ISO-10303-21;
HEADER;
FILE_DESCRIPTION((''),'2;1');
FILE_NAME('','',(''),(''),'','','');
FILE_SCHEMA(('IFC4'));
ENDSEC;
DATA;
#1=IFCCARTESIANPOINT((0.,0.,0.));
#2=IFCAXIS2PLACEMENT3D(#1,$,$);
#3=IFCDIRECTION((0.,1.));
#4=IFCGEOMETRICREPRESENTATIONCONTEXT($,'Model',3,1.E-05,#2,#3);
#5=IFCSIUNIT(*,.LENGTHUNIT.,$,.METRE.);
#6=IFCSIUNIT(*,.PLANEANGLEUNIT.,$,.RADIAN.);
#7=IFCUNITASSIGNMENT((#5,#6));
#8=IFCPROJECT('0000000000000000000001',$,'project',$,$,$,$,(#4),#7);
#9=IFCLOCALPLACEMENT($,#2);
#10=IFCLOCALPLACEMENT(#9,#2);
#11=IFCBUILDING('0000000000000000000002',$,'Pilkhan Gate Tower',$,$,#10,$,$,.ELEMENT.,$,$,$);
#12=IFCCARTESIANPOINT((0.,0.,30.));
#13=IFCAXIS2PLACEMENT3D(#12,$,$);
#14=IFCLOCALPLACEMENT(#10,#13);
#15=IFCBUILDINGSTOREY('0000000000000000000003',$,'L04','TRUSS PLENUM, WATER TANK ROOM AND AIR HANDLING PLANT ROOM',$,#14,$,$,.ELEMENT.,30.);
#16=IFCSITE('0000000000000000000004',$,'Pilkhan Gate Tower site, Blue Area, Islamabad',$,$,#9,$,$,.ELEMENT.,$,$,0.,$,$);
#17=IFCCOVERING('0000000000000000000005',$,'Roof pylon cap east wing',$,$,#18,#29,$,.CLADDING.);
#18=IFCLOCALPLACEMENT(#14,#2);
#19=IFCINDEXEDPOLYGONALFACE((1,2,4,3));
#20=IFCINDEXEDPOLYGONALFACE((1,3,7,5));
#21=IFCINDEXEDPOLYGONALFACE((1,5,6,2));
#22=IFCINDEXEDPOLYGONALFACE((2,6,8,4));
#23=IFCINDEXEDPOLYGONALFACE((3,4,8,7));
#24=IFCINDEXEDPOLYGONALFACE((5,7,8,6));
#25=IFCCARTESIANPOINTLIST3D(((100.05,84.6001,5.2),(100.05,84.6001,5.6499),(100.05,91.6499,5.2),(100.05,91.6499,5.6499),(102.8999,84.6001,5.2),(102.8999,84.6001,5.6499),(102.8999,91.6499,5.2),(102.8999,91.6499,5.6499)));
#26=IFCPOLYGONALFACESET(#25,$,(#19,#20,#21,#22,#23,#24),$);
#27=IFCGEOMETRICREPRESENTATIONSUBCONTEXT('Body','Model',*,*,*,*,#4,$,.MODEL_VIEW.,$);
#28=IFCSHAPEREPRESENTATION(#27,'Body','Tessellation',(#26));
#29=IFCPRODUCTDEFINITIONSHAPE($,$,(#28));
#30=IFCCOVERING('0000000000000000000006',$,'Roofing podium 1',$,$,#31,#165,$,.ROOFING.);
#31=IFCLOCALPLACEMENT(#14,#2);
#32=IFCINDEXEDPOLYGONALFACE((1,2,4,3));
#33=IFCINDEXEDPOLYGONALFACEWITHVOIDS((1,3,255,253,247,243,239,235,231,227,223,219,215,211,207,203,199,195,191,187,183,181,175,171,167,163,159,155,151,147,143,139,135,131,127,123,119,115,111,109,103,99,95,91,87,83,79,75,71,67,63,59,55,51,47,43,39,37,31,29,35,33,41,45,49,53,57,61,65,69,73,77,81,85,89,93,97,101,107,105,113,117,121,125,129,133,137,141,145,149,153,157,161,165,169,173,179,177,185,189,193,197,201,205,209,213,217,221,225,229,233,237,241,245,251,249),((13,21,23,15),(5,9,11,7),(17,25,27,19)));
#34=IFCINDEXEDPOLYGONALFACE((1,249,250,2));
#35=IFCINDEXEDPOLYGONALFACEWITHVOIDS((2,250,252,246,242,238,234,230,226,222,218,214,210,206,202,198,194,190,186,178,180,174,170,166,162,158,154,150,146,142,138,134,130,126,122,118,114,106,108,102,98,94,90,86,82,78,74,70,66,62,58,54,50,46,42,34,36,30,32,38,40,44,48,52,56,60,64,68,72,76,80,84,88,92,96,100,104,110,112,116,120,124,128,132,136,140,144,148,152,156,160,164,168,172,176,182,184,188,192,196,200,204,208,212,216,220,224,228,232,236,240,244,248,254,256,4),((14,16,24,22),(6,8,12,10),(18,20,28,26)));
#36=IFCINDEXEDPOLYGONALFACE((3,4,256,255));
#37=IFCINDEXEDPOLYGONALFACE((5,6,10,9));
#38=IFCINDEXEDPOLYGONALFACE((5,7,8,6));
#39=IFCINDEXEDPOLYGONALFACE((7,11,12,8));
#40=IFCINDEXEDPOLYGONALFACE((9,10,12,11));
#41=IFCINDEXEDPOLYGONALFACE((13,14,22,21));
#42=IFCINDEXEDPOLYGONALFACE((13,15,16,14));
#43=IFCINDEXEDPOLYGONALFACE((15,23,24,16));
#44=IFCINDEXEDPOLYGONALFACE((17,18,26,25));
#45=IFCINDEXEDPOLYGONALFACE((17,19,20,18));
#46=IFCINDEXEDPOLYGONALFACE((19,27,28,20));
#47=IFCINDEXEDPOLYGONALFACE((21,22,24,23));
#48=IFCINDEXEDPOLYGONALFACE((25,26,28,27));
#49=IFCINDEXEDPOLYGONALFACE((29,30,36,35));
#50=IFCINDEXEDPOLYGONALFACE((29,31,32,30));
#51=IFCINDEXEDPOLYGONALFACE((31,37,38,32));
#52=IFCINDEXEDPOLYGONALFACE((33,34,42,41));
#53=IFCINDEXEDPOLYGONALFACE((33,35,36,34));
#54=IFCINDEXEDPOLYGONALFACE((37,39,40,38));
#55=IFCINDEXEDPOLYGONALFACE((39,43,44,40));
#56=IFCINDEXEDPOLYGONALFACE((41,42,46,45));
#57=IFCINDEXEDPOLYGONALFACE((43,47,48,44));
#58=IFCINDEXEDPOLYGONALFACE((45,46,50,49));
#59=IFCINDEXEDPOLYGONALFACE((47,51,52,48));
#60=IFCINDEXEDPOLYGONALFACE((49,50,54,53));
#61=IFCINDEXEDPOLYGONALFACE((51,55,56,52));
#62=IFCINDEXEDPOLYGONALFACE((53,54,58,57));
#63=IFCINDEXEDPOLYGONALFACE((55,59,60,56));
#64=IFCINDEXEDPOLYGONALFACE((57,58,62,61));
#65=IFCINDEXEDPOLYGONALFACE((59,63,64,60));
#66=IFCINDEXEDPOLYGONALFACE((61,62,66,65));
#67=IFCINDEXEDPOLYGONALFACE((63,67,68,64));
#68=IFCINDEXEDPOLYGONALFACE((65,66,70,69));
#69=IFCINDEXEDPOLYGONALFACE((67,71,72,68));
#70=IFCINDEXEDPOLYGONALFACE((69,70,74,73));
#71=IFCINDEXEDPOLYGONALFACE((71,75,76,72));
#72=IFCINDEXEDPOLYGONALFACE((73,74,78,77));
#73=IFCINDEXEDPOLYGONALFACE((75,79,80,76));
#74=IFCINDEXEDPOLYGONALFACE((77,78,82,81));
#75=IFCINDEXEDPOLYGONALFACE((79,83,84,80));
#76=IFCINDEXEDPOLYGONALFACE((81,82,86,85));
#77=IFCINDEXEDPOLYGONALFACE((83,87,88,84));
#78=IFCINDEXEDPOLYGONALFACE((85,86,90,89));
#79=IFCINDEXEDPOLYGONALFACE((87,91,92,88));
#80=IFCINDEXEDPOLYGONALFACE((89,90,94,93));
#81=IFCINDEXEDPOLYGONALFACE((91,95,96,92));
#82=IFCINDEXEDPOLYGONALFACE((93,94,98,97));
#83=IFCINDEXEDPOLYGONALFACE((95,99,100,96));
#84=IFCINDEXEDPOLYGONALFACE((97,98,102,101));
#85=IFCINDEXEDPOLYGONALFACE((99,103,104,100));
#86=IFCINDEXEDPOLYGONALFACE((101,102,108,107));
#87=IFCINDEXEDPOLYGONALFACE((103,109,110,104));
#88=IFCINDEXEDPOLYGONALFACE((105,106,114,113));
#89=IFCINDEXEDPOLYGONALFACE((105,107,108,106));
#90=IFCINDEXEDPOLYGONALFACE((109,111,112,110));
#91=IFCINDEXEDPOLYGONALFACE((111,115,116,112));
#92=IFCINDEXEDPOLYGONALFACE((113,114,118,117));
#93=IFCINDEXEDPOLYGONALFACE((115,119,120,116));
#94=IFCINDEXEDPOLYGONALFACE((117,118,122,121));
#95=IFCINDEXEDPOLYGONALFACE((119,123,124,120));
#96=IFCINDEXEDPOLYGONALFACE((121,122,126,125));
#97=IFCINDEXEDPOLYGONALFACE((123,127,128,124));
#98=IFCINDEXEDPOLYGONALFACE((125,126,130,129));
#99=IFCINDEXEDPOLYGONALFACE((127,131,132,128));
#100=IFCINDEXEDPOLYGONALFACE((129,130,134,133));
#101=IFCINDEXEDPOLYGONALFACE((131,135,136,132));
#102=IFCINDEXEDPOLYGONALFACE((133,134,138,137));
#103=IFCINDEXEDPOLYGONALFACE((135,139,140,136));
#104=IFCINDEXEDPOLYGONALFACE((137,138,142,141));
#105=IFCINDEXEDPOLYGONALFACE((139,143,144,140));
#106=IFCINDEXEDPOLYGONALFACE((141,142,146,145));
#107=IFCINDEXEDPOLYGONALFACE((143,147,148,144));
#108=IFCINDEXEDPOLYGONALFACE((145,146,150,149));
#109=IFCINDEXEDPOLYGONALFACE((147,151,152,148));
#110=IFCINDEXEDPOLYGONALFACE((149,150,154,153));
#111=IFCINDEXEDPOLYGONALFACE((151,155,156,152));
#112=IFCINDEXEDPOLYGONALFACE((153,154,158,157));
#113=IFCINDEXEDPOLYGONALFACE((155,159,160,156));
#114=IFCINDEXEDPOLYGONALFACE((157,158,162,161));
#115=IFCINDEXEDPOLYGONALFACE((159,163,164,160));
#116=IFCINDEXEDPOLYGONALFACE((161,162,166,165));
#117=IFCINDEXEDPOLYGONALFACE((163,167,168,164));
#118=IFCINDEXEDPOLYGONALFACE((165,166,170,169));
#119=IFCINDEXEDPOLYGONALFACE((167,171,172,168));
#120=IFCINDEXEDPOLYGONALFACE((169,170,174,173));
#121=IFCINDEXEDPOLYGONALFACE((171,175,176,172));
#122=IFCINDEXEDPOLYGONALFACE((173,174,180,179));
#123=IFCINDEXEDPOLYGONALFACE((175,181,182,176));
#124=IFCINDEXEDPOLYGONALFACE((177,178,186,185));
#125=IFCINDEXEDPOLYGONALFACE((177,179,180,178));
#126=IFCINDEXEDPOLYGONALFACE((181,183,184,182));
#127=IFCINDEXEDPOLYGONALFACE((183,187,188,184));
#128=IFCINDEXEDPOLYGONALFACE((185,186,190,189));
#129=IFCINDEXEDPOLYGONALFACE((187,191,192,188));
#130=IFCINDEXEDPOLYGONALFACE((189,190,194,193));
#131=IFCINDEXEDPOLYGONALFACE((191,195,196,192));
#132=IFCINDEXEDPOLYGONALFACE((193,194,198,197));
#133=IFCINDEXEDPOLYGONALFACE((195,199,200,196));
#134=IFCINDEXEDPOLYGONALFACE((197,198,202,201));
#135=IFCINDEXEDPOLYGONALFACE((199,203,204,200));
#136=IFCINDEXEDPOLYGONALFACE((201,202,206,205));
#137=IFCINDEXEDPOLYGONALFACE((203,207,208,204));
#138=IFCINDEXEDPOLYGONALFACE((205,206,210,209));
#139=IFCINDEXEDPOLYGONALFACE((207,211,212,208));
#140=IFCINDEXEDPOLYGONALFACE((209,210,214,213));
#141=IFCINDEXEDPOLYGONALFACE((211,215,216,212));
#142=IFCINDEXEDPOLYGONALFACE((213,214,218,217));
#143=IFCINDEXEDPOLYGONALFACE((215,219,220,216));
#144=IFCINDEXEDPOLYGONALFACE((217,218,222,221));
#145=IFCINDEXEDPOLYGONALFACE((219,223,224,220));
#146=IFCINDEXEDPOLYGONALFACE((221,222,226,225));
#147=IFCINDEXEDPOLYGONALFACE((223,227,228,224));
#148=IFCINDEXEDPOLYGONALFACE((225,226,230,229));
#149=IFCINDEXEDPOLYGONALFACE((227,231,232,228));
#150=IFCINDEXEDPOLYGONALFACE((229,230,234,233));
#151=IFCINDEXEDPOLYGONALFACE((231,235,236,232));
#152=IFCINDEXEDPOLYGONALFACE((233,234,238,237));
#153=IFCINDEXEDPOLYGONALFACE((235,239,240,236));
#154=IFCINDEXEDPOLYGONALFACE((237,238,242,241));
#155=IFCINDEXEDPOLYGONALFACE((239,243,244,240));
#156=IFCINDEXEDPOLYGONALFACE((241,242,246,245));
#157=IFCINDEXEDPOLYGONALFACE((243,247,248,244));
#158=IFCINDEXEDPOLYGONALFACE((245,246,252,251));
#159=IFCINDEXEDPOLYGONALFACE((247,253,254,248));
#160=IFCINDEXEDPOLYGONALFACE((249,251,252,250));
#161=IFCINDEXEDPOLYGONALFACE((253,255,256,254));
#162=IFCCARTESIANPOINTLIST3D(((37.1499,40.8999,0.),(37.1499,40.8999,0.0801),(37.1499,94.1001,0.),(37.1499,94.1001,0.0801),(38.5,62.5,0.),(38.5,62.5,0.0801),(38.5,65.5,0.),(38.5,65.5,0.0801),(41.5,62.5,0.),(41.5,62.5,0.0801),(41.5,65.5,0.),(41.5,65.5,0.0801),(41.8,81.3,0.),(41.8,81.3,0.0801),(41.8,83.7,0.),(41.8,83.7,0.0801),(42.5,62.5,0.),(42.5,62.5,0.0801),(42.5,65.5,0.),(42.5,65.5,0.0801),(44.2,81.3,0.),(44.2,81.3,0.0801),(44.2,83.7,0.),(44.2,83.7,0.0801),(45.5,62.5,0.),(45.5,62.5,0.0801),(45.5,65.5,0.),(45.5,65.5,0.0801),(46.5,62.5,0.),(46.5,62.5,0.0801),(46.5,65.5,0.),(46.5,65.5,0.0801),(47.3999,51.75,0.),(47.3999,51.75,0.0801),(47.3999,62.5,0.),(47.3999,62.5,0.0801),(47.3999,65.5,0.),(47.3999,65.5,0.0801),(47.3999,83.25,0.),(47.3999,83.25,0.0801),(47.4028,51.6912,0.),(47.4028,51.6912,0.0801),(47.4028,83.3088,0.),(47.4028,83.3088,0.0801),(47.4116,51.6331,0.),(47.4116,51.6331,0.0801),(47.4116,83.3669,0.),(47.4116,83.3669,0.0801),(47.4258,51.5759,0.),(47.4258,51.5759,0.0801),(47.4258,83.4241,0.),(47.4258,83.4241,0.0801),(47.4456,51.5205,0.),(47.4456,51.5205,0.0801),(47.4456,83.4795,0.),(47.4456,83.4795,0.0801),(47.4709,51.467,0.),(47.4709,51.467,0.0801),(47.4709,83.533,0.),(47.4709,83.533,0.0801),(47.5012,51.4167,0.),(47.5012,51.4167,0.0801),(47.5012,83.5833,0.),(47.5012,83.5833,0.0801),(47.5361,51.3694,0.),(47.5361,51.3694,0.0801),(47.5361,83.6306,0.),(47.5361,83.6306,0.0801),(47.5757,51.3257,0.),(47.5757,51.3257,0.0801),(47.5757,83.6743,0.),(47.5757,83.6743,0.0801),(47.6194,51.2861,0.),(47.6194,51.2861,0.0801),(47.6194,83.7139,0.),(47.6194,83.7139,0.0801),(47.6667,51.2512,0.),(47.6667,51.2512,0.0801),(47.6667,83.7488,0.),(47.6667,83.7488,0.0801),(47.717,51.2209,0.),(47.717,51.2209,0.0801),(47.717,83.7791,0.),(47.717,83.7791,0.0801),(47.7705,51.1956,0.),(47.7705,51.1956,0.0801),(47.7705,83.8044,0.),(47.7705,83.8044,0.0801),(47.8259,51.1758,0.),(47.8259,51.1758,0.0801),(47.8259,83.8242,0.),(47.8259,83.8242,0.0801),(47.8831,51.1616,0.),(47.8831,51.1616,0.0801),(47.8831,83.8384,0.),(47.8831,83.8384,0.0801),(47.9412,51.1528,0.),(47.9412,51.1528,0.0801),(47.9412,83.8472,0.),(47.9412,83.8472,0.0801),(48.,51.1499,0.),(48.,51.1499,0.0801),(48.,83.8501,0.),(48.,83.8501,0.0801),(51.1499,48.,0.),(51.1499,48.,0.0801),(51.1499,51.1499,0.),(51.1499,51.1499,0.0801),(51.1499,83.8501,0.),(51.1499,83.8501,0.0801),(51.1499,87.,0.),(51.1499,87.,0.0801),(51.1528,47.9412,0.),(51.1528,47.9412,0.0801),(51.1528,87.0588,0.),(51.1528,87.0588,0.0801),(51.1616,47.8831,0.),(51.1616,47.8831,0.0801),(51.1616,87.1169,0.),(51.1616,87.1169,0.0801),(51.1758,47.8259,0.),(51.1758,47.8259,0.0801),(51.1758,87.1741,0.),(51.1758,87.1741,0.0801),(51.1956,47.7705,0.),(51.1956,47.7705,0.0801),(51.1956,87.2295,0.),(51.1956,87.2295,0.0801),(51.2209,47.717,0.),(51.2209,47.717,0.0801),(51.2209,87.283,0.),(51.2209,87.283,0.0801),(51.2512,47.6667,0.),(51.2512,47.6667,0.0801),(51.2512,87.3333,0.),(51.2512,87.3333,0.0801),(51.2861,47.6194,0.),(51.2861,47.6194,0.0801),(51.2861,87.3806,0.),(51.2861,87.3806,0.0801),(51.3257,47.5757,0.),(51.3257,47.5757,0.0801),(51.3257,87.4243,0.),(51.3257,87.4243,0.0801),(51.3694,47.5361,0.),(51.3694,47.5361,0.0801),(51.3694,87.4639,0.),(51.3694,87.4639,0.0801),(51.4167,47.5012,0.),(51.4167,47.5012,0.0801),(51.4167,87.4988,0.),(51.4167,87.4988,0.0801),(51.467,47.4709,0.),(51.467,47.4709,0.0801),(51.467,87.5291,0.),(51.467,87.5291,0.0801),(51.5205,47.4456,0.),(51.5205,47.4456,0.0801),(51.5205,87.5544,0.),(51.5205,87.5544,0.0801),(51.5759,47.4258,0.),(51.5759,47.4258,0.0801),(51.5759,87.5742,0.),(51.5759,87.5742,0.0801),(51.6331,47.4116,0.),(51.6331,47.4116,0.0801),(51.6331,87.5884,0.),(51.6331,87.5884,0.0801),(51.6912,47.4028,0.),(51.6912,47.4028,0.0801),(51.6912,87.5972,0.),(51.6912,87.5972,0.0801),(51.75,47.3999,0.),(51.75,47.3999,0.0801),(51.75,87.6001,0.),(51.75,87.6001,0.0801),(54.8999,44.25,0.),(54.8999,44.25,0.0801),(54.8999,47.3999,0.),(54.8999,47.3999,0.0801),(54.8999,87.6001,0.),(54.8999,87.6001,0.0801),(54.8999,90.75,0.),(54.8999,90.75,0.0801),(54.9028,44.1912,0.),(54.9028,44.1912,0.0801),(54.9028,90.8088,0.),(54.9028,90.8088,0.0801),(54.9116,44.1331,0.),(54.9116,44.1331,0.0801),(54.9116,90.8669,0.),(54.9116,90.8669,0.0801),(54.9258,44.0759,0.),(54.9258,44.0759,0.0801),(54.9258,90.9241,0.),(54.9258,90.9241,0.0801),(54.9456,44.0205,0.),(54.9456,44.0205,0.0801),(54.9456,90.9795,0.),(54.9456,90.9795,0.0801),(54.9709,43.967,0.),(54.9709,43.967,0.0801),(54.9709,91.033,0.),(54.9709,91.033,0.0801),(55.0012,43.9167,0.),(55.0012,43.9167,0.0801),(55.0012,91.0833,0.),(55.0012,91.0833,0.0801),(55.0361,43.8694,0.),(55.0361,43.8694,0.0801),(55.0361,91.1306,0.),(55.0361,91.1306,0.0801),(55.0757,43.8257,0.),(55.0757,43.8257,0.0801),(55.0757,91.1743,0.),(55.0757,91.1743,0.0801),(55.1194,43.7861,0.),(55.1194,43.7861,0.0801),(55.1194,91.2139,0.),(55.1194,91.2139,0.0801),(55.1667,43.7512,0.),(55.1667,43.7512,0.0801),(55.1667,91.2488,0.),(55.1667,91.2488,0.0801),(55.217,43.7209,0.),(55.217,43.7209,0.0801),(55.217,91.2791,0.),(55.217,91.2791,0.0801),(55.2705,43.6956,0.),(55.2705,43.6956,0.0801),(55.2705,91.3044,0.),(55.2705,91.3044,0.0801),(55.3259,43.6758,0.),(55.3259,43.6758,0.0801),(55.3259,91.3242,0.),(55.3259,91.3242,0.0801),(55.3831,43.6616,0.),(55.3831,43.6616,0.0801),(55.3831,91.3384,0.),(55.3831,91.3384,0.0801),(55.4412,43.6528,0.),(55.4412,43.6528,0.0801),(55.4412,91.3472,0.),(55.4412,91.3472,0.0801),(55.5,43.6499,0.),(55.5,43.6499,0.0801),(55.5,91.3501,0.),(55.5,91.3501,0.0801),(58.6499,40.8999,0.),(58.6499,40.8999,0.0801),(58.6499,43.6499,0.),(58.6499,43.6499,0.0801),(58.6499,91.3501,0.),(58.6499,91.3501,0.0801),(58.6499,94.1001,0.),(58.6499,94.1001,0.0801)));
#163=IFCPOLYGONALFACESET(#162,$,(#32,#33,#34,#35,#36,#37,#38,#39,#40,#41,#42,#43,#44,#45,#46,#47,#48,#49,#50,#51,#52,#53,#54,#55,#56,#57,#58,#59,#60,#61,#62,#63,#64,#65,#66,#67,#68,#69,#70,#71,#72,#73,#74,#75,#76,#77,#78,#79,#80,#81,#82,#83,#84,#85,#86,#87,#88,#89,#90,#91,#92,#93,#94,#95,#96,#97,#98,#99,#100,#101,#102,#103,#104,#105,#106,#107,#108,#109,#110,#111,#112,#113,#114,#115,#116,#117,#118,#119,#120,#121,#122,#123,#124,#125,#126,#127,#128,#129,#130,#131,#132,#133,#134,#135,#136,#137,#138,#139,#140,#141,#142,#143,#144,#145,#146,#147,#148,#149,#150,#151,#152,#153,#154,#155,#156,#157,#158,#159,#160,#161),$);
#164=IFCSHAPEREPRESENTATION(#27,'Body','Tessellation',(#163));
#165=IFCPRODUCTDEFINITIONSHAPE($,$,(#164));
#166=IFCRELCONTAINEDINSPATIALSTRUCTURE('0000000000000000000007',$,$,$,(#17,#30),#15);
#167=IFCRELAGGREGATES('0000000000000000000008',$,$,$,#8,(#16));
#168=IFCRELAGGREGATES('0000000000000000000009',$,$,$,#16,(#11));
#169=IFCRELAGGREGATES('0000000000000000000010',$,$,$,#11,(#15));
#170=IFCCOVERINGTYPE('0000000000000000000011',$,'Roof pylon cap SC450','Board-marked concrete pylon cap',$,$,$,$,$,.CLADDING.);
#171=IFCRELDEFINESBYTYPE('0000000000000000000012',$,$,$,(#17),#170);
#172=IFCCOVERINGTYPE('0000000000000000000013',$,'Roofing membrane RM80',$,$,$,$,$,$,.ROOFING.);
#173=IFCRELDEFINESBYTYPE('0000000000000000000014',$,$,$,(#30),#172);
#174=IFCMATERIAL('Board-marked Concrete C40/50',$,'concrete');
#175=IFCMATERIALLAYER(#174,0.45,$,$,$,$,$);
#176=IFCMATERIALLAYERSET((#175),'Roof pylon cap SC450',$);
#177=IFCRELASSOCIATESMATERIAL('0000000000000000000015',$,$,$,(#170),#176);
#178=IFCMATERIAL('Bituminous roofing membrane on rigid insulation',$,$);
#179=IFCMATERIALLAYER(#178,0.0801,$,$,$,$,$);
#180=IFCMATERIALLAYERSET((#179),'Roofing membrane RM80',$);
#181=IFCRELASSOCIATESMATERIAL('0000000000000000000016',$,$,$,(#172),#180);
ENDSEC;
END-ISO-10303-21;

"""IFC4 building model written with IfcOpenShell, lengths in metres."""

from ifc_helpers import new_model, si_unit, direction, frame, origin, place, context, subcontext, project, spatial, polyline, outline, extrude, material, layer, layer_set, type_object, element, save


model = new_model("IFC4")

# Units and contexts
model_context = context("Model", 3, precision=1e-05, world=origin(), true_north=direction((0.0, 1.0)))
body_context = subcontext(model_context, "Body", "Model", "MODEL_VIEW")
ifc_project = project(units=[si_unit("LENGTHUNIT", "METRE"), si_unit("PLANEANGLEUNIT", "RADIAN")], contexts=[model_context])

# Site, building, storey
site_placement = place(None, origin())
site = spatial("IfcSite", under=ifc_project, at=site_placement, Name="Pilkhan Gate Tower site, Blue Area, Islamabad", CompositionType="ELEMENT", RefElevation=0.0)
building_placement = place(site_placement, origin())
building = spatial("IfcBuilding", under=site, at=building_placement, Name="Pilkhan Gate Tower", CompositionType="ELEMENT")
storey_placement = place(building_placement, frame((0.0, 0.0, 30.0)))
storey = spatial("IfcBuildingStorey", under=building, at=storey_placement, Name="L04", Description="TRUSS PLENUM, WATER TANK ROOM AND AIR HANDLING PLANT ROOM", CompositionType="ELEMENT", Elevation=30.0)

# Coverings
ifc_material_1 = material(Name="Board-marked Concrete C40/50", Category="concrete")
ifc_layer_1 = layer(ifc_material_1, 0.45)
ifc_layer_set_1 = layer_set([ifc_layer_1], Name="Roof pylon cap SC450")
covering_type_1 = type_object("IfcCoveringType", Name="Roof pylon cap SC450", Description="Board-marked concrete pylon cap", PredefinedType="CLADDING", material=ifc_layer_set_1)
covering_1_placement = place(storey_placement, frame((0.0, 0.0, 5.2)))
element("IfcCovering", 1, at=covering_1_placement, inside=storey, type_object=covering_type_1, Name="Roof pylon cap east wing", PredefinedType="CLADDING", context=body_context, shape_type="SweptSolid", body=[
    extrude(outline(polyline([(100.05, 84.6001), (102.8999, 84.6001), (102.8999, 91.6499), (100.05, 91.6499), (100.05, 84.6001)])), origin(), (0.0, 0.0, 1.0), 0.45),
])
ifc_material_2 = material(Name="Bituminous roofing membrane on rigid insulation")
ifc_layer_2 = layer(ifc_material_2, 0.0801)
ifc_layer_set_2 = layer_set([ifc_layer_2], Name="Roofing membrane RM80")
covering_type_2 = type_object("IfcCoveringType", Name="Roofing membrane RM80", PredefinedType="ROOFING", material=ifc_layer_set_2)
covering_2_placement = place(storey_placement, origin())
element("IfcCovering", 2, at=covering_2_placement, inside=storey, type_object=covering_type_2, Name="Roofing podium 1", PredefinedType="ROOFING", context=body_context, shape_type="SweptSolid", body=[
    extrude(outline(polyline([(58.6499, 94.1001), (58.6499, 91.3501), (55.5, 91.3501), (55.4412, 91.3472), (55.3831, 91.3384), (55.3259, 91.3242), (55.2705, 91.3044), (55.217, 91.2791), (55.1667, 91.2488), (55.1194, 91.2139), (55.0757, 91.1743), (55.0361, 91.1306), (55.0012, 91.0833), (54.9709, 91.033), (54.9456, 90.9795), (54.9258, 90.9241), (54.9116, 90.8669), (54.9028, 90.8088), (54.8999, 90.75), (54.8999, 87.6001), (51.75, 87.6001), (51.6912, 87.5972), (51.6331, 87.5884), (51.5759, 87.5742), (51.5205, 87.5544), (51.467, 87.5291), (51.4167, 87.4988), (51.3694, 87.4639), (51.3257, 87.4243), (51.2861, 87.3806), (51.2512, 87.3333), (51.2209, 87.283), (51.1956, 87.2295), (51.1758, 87.1741), (51.1616, 87.1169), (51.1528, 87.0588), (51.1499, 87.0), (51.1499, 83.8501), (48.0, 83.8501), (47.9412, 83.8472), (47.8831, 83.8384), (47.8259, 83.8242), (47.7705, 83.8044), (47.717, 83.7791), (47.6667, 83.7488), (47.6194, 83.7139), (47.5757, 83.6743), (47.5361, 83.6306), (47.5012, 83.5833), (47.4709, 83.533), (47.4456, 83.4795), (47.4258, 83.4241), (47.4116, 83.3669), (47.4028, 83.3088), (47.3999, 83.25), (47.3999, 65.5), (46.5, 65.5), (46.5, 62.5), (47.3999, 62.5), (47.3999, 51.75), (47.4028, 51.6912), (47.4116, 51.6331), (47.4258, 51.5759), (47.4456, 51.5205), (47.4709, 51.467), (47.5012, 51.4167), (47.5361, 51.3694), (47.5757, 51.3257), (47.6194, 51.2861), (47.6667, 51.2512), (47.717, 51.2209), (47.7705, 51.1956), (47.8259, 51.1758), (47.8831, 51.1616), (47.9412, 51.1528), (48.0, 51.1499), (51.1499, 51.1499), (51.1499, 48.0), (51.1528, 47.9412), (51.1616, 47.8831), (51.1758, 47.8259), (51.1956, 47.7705), (51.2209, 47.717), (51.2512, 47.6667), (51.2861, 47.6194), (51.3257, 47.5757), (51.3694, 47.5361), (51.4167, 47.5012), (51.467, 47.4709), (51.5205, 47.4456), (51.5759, 47.4258), (51.6331, 47.4116), (51.6912, 47.4028), (51.75, 47.3999), (54.8999, 47.3999), (54.8999, 44.25), (54.9028, 44.1912), (54.9116, 44.1331), (54.9258, 44.0759), (54.9456, 44.0205), (54.9709, 43.967), (55.0012, 43.9167), (55.0361, 43.8694), (55.0757, 43.8257), (55.1194, 43.7861), (55.1667, 43.7512), (55.217, 43.7209), (55.2705, 43.6956), (55.3259, 43.6758), (55.3831, 43.6616), (55.4412, 43.6528), (55.5, 43.6499), (58.6499, 43.6499), (58.6499, 40.8999), (37.1499, 40.8999), (37.1499, 94.1001), (58.6499, 94.1001)]), holes=[polyline([(38.5, 65.5), (38.5, 62.5), (41.5, 62.5), (41.5, 65.5), (38.5, 65.5)]), polyline([(42.5, 65.5), (42.5, 62.5), (45.5, 62.5), (45.5, 65.5), (42.5, 65.5)]), polyline([(41.8, 83.7), (41.8, 81.3), (44.2, 81.3), (44.2, 83.7), (41.8, 83.7)])]), origin(), (0.0, 0.0, 1.0), 0.0801),
])

save(model, "model.ifc")
